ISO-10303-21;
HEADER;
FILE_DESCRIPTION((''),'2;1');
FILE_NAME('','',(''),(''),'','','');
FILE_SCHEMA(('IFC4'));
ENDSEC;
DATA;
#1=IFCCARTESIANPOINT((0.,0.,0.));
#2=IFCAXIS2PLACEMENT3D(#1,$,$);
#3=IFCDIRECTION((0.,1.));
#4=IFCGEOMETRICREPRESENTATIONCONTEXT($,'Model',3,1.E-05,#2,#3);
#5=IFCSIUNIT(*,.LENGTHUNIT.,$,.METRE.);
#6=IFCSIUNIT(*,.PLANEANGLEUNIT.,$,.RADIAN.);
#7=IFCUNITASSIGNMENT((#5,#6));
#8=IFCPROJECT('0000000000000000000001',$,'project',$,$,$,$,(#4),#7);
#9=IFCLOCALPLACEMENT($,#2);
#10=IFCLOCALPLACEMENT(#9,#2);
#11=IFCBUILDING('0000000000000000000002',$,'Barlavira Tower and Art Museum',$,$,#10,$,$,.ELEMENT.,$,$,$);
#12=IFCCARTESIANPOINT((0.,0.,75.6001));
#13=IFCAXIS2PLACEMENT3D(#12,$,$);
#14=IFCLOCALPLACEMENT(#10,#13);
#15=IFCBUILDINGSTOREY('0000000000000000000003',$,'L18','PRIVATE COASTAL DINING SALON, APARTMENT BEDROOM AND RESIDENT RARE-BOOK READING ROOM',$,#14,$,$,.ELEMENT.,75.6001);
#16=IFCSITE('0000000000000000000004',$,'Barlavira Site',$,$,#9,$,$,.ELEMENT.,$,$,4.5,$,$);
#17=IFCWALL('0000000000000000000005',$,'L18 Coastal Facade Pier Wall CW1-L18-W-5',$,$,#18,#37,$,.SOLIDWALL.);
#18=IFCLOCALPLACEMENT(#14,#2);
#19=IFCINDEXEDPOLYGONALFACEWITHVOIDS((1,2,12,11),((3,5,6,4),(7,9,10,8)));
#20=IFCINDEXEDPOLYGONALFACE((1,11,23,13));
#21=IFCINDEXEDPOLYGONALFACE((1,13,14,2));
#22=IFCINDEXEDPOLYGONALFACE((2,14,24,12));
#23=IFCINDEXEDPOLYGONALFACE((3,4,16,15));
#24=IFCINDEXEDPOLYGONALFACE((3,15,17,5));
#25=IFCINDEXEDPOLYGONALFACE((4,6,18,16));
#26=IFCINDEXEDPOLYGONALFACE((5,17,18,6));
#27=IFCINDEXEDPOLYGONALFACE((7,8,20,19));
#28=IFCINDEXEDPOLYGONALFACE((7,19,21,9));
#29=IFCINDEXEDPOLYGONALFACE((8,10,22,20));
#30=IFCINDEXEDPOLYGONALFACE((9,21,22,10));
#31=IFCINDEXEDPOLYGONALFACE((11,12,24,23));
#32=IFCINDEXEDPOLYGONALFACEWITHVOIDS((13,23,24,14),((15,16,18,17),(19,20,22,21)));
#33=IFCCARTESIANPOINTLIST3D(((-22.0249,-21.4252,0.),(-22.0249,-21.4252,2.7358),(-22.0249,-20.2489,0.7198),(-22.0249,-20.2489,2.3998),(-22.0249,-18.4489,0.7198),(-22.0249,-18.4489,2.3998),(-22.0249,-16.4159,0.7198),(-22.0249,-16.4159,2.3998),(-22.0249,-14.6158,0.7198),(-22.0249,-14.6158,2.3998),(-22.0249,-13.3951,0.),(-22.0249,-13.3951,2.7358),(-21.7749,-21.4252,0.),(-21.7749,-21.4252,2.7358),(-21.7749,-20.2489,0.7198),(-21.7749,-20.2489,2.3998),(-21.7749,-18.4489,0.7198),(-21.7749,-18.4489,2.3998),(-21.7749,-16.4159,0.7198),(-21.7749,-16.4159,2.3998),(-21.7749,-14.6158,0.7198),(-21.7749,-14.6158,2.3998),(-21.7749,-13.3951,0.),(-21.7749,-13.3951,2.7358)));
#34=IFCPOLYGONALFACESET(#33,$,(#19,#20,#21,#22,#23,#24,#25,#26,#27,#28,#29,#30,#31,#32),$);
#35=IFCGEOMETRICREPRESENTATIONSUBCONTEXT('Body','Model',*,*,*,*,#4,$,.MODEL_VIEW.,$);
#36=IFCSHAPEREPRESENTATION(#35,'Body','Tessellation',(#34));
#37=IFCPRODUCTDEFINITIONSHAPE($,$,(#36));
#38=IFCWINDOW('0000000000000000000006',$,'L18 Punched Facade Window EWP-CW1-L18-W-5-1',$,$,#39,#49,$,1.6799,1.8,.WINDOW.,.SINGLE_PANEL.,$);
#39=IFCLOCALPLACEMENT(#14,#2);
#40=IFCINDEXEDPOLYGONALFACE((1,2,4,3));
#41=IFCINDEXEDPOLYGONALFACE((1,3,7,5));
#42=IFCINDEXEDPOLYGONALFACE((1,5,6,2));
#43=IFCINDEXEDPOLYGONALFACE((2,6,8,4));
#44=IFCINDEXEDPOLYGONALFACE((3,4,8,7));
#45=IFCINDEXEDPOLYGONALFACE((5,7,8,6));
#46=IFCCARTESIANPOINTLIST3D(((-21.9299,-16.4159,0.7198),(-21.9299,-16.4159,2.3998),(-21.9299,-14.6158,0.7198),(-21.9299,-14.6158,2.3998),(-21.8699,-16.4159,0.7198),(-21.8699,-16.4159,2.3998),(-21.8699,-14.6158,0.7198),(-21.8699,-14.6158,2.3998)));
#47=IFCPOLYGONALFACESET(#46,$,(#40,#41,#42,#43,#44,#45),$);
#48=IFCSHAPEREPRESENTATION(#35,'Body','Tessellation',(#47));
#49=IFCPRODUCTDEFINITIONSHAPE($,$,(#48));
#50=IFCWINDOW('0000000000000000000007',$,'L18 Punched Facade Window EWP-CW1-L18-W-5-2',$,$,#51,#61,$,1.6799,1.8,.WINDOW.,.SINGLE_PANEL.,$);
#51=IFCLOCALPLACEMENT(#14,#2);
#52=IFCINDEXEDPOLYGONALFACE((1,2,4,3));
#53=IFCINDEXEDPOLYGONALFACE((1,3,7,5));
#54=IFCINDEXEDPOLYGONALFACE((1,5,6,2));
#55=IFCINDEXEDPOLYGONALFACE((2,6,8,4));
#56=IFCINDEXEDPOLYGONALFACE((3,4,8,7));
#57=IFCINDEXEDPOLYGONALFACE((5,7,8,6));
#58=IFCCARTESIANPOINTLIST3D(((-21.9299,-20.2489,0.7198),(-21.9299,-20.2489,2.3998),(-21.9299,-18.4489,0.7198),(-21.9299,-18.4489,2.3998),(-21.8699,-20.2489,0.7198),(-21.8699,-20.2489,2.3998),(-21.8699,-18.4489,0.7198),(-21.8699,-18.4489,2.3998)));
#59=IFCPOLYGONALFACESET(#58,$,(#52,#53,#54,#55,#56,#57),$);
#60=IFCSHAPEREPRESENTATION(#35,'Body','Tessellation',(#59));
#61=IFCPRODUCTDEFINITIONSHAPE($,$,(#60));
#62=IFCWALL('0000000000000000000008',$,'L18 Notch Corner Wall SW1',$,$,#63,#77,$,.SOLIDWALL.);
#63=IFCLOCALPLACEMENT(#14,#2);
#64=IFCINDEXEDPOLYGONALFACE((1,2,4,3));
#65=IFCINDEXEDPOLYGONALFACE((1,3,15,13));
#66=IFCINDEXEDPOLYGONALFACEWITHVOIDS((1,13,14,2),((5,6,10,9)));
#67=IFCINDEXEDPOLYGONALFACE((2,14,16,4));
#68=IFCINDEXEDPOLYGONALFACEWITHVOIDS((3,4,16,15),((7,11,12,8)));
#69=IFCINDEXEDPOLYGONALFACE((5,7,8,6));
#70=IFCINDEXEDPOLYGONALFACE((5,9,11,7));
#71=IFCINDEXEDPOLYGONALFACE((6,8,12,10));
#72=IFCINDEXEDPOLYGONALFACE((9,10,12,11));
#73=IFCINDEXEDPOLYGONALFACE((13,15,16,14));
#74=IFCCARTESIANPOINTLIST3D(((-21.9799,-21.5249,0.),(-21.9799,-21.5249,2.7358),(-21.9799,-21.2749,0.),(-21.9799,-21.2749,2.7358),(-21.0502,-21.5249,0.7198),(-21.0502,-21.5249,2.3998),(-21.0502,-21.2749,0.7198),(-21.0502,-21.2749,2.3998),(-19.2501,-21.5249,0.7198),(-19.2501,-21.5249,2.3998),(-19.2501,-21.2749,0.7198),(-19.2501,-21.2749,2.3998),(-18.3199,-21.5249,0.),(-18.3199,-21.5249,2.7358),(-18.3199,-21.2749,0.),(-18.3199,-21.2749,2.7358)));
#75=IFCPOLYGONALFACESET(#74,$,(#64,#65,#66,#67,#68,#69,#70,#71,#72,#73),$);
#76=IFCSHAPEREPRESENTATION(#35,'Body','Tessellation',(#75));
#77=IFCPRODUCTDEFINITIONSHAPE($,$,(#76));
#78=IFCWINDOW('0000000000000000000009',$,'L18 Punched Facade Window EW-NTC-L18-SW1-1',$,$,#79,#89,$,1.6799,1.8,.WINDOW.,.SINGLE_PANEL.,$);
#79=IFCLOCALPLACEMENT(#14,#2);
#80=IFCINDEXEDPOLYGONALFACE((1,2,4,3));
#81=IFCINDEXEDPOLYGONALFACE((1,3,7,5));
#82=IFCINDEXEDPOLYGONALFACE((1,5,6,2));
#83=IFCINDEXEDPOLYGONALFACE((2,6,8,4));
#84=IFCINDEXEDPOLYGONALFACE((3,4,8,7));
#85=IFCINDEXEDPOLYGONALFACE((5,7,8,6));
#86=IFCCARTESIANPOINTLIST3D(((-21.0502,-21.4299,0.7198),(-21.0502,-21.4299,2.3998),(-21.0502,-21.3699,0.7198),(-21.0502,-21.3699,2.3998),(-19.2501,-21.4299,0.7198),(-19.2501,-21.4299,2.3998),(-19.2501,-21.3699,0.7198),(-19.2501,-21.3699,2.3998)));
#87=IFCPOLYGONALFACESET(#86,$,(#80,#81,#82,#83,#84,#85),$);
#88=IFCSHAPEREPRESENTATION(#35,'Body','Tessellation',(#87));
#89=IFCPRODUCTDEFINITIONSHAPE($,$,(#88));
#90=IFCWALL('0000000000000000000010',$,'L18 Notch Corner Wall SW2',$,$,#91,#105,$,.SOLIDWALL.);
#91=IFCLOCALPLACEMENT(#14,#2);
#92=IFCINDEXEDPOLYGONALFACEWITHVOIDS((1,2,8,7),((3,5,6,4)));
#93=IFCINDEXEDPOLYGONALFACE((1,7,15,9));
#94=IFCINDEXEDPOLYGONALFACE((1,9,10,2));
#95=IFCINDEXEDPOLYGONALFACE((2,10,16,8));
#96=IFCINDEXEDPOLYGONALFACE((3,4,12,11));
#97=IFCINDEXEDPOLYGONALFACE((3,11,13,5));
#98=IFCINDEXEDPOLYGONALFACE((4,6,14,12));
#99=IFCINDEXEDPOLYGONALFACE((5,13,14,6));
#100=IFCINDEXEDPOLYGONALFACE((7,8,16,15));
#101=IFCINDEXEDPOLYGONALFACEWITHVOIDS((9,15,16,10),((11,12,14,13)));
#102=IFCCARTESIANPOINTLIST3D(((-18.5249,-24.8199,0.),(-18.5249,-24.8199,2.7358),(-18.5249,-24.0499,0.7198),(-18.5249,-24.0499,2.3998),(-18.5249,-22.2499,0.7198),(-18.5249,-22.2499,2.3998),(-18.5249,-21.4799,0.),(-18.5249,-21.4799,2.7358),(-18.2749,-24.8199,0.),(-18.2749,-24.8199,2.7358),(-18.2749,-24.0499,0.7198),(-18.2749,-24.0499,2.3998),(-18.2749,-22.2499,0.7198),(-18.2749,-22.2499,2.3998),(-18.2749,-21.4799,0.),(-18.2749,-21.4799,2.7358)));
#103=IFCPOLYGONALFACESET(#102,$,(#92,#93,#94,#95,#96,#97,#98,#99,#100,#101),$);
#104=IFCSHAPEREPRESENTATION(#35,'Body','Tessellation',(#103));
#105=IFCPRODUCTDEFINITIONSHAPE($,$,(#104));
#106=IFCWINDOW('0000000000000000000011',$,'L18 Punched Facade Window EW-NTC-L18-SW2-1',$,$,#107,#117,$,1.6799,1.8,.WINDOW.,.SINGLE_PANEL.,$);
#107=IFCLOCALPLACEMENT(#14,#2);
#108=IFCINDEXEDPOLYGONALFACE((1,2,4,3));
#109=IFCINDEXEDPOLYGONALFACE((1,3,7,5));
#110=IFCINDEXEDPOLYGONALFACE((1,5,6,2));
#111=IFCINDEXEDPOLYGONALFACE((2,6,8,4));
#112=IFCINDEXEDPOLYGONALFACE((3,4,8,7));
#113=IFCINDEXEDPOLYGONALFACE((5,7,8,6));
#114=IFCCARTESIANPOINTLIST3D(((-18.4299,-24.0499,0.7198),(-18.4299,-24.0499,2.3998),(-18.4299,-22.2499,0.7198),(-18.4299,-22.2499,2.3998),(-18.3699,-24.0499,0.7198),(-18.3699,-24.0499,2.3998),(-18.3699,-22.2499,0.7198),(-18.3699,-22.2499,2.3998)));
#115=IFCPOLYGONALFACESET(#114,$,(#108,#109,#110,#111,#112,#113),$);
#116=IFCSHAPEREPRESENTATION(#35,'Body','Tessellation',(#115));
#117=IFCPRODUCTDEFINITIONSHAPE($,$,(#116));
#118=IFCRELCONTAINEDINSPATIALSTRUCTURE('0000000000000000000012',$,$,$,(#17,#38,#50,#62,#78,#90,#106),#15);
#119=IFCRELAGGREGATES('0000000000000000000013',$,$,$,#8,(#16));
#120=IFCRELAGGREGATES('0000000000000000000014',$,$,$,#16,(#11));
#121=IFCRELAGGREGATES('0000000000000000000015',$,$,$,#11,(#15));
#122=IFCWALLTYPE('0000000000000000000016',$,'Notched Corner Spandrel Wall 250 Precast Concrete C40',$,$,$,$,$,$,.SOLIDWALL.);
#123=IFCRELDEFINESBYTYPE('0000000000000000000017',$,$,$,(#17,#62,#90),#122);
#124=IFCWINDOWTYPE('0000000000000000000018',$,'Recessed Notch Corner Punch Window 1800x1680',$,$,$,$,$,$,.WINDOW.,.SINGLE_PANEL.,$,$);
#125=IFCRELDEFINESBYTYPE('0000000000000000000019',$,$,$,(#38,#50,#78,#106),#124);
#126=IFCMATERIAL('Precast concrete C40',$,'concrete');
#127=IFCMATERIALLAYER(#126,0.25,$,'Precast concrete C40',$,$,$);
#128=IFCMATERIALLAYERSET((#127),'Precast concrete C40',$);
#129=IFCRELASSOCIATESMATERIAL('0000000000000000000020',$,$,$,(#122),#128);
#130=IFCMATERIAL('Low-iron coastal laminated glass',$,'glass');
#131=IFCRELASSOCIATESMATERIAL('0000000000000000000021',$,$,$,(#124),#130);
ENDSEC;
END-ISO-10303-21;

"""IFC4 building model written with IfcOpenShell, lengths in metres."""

from ifc_helpers import new_model, si_unit, direction, frame, frame_2d, origin, place, context, subcontext, project, spatial, rectangle, extrude, material, layer, layer_set, type_object, element, fill, save


model = new_model("IFC4")

# Units and contexts
model_context = context("Model", 3, precision=1e-05, world=origin(), true_north=direction((0.0, 1.0)))
body_context = subcontext(model_context, "Body", "Model", "MODEL_VIEW")
ifc_project = project(units=[si_unit("LENGTHUNIT", "METRE"), si_unit("PLANEANGLEUNIT", "RADIAN")], contexts=[model_context])

# Site, building, storey
site_placement = place(None, origin())
site = spatial("IfcSite", under=ifc_project, at=site_placement, Name="Barlavira Site", CompositionType="ELEMENT", RefElevation=4.5)
building_placement = place(site_placement, origin())
building = spatial("IfcBuilding", under=site, at=building_placement, Name="Barlavira Tower and Art Museum", CompositionType="ELEMENT")
storey_placement = place(building_placement, frame((0.0, 0.0, 75.6001)))
storey = spatial("IfcBuildingStorey", under=building, at=storey_placement, Name="L18", Description="PRIVATE COASTAL DINING SALON, APARTMENT BEDROOM AND RESIDENT RARE-BOOK READING ROOM", CompositionType="ELEMENT", Elevation=75.6001)

# Wall, openings, windows
ifc_material_1 = material(Name="Precast concrete C40", Category="concrete")
ifc_layer_1 = layer(ifc_material_1, 0.25, Name="Precast concrete C40")
ifc_layer_set_1 = layer_set([ifc_layer_1], Name="Precast concrete C40")
wall_type_1 = type_object("IfcWallType", Name="Notched Corner Spandrel Wall 250 Precast Concrete C40", PredefinedType="SOLIDWALL", material=ifc_layer_set_1)
ifc_material_2 = material(Name="Low-iron coastal laminated glass", Category="glass")
window_type = type_object("IfcWindowType", Name="Recessed Notch Corner Punch Window 1800x1680", PartitioningType="SINGLE_PANEL", PredefinedType="WINDOW", material=ifc_material_2)
wall_1_placement = place(storey_placement, frame((-21.8999, -13.395, 0.0), z_axis=(0.0, 0.0, 1.0), x_axis=(0.0, -1.0, 0.0)))
wall_1 = element("IfcWall", 1, at=wall_1_placement, inside=storey, type_object=wall_type_1, Name="L18 Coastal Facade Pier Wall CW1-L18-W-5", PredefinedType="SOLIDWALL", context=body_context, shape_type="SweptSolid", body=[
    extrude(rectangle(XDim=8.03, YDim=0.25, at=frame_2d((4.0151, 0.0))), origin(), (0.0, 0.0, 1.0), 2.7358),
])
opening_1_placement = place(wall_1_placement, frame((1.2209, 0.0, 0.72)))
opening_1 = element("IfcOpeningElement", 2, at=opening_1_placement, cuts=wall_1, PredefinedType="OPENING", context=body_context, shape_type="SweptSolid", body=[
    extrude(rectangle(XDim=1.8, YDim=1.6799, at=frame_2d((0.8999, 0.8398))), frame((0.0, 0.135, 0.0), z_axis=(0.0, -1.0, 0.0), x_axis=(1.0, 0.0, 0.0)), (0.0, 0.0, 1.0), 0.27),
])
opening_2_placement = place(wall_1_placement, frame((5.054, 0.0, 0.72)))
opening_2 = element("IfcOpeningElement", 3, at=opening_2_placement, cuts=wall_1, PredefinedType="OPENING", context=body_context, shape_type="SweptSolid", body=[
    extrude(rectangle(XDim=1.8, YDim=1.6799, at=frame_2d((0.8999, 0.8398))), frame((0.0, 0.135, 0.0), z_axis=(0.0, -1.0, 0.0), x_axis=(1.0, 0.0, 0.0)), (0.0, 0.0, 1.0), 0.27),
])
window_1_placement = place(opening_1_placement, origin())
window_1 = element("IfcWindow", 4, at=window_1_placement, inside=storey, type_object=window_type, Name="L18 Punched Facade Window EWP-CW1-L18-W-5-1", OverallHeight=1.6799, OverallWidth=1.8, PartitioningType="SINGLE_PANEL", PredefinedType="WINDOW", context=body_context, shape_type="SweptSolid", body=[
    extrude(rectangle(XDim=1.8, YDim=1.6799, at=frame_2d((0.8999, 0.8398))), frame((0.0, 0.03, 0.0), z_axis=(0.0, -1.0, 0.0), x_axis=(1.0, 0.0, 0.0)), (0.0, 0.0, 1.0), 0.0601),
])
fill(opening_1, window_1)
window_2_placement = place(opening_2_placement, origin())
window_2 = element("IfcWindow", 5, at=window_2_placement, inside=storey, type_object=window_type, Name="L18 Punched Facade Window EWP-CW1-L18-W-5-2", OverallHeight=1.6799, OverallWidth=1.8, PartitioningType="SINGLE_PANEL", PredefinedType="WINDOW", context=body_context, shape_type="SweptSolid", body=[
    extrude(rectangle(XDim=1.8, YDim=1.6799, at=frame_2d((0.8999, 0.8398))), frame((0.0, 0.03, 0.0), z_axis=(0.0, -1.0, 0.0), x_axis=(1.0, 0.0, 0.0)), (0.0, 0.0, 1.0), 0.0601),
])
fill(opening_2, window_2)

# Walls, openings, windows
wall_2_placement = place(storey_placement, frame((-21.98, -21.3999, 0.0), z_axis=(0.0, 0.0, 1.0), x_axis=(1.0, 0.0, 0.0)))
wall_2 = element("IfcWall", 6, at=wall_2_placement, inside=storey, type_object=wall_type_1, Name="L18 Notch Corner Wall SW1", PredefinedType="SOLIDWALL", context=body_context, shape_type="SweptSolid", body=[
    extrude(rectangle(XDim=3.6599, YDim=0.25, at=frame_2d((1.8301, 0.0))), origin(), (0.0, 0.0, 1.0), 2.7358),
])
opening_3_placement = place(wall_2_placement, frame((0.9299, 0.0, 0.72)))
opening_3 = element("IfcOpeningElement", 7, at=opening_3_placement, cuts=wall_2, PredefinedType="OPENING", context=body_context, shape_type="SweptSolid", body=[
    extrude(rectangle(XDim=1.8, YDim=1.6799, at=frame_2d((0.8999, 0.8398))), frame((0.0, 0.135, 0.0), z_axis=(0.0, -1.0, 0.0), x_axis=(1.0, 0.0, 0.0)), (0.0, 0.0, 1.0), 0.27),
])
window_3_placement = place(opening_3_placement, origin())
window_3 = element("IfcWindow", 8, at=window_3_placement, inside=storey, type_object=window_type, Name="L18 Punched Facade Window EW-NTC-L18-SW1-1", OverallHeight=1.6799, OverallWidth=1.8, PartitioningType="SINGLE_PANEL", PredefinedType="WINDOW", context=body_context, shape_type="SweptSolid", body=[
    extrude(rectangle(XDim=1.8, YDim=1.6799, at=frame_2d((0.8999, 0.8398))), frame((0.0, 0.03, 0.0), z_axis=(0.0, -1.0, 0.0), x_axis=(1.0, 0.0, 0.0)), (0.0, 0.0, 1.0), 0.0601),
])
fill(opening_3, window_3)
wall_3_placement = place(storey_placement, frame((-18.3999, -21.48, 0.0), z_axis=(0.0, 0.0, 1.0), x_axis=(0.0, -1.0, 0.0)))
wall_3 = element("IfcWall", 9, at=wall_3_placement, inside=storey, type_object=wall_type_1, Name="L18 Notch Corner Wall SW2", PredefinedType="SOLIDWALL", context=body_context, shape_type="SweptSolid", body=[
    extrude(rectangle(XDim=3.3401, YDim=0.25, at=frame_2d((1.6699, 0.0))), origin(), (0.0, 0.0, 1.0), 2.7358),
])
opening_4_placement = place(wall_3_placement, frame((0.77, 0.0, 0.72)))
opening_4 = element("IfcOpeningElement", 10, at=opening_4_placement, cuts=wall_3, PredefinedType="OPENING", context=body_context, shape_type="SweptSolid", body=[
    extrude(rectangle(XDim=1.8, YDim=1.6799, at=frame_2d((0.8999, 0.8398))), frame((0.0, 0.135, 0.0), z_axis=(0.0, -1.0, 0.0), x_axis=(1.0, 0.0, 0.0)), (0.0, 0.0, 1.0), 0.27),
])
window_4_placement = place(opening_4_placement, origin())
window_4 = element("IfcWindow", 11, at=window_4_placement, inside=storey, type_object=window_type, Name="L18 Punched Facade Window EW-NTC-L18-SW2-1", OverallHeight=1.6799, OverallWidth=1.8, PartitioningType="SINGLE_PANEL", PredefinedType="WINDOW", context=body_context, shape_type="SweptSolid", body=[
    extrude(rectangle(XDim=1.8, YDim=1.6799, at=frame_2d((0.8999, 0.8398))), frame((0.0, 0.03, 0.0), z_axis=(0.0, -1.0, 0.0), x_axis=(1.0, 0.0, 0.0)), (0.0, 0.0, 1.0), 0.0601),
])
fill(opening_4, window_4)

save(model, "model.ifc")
